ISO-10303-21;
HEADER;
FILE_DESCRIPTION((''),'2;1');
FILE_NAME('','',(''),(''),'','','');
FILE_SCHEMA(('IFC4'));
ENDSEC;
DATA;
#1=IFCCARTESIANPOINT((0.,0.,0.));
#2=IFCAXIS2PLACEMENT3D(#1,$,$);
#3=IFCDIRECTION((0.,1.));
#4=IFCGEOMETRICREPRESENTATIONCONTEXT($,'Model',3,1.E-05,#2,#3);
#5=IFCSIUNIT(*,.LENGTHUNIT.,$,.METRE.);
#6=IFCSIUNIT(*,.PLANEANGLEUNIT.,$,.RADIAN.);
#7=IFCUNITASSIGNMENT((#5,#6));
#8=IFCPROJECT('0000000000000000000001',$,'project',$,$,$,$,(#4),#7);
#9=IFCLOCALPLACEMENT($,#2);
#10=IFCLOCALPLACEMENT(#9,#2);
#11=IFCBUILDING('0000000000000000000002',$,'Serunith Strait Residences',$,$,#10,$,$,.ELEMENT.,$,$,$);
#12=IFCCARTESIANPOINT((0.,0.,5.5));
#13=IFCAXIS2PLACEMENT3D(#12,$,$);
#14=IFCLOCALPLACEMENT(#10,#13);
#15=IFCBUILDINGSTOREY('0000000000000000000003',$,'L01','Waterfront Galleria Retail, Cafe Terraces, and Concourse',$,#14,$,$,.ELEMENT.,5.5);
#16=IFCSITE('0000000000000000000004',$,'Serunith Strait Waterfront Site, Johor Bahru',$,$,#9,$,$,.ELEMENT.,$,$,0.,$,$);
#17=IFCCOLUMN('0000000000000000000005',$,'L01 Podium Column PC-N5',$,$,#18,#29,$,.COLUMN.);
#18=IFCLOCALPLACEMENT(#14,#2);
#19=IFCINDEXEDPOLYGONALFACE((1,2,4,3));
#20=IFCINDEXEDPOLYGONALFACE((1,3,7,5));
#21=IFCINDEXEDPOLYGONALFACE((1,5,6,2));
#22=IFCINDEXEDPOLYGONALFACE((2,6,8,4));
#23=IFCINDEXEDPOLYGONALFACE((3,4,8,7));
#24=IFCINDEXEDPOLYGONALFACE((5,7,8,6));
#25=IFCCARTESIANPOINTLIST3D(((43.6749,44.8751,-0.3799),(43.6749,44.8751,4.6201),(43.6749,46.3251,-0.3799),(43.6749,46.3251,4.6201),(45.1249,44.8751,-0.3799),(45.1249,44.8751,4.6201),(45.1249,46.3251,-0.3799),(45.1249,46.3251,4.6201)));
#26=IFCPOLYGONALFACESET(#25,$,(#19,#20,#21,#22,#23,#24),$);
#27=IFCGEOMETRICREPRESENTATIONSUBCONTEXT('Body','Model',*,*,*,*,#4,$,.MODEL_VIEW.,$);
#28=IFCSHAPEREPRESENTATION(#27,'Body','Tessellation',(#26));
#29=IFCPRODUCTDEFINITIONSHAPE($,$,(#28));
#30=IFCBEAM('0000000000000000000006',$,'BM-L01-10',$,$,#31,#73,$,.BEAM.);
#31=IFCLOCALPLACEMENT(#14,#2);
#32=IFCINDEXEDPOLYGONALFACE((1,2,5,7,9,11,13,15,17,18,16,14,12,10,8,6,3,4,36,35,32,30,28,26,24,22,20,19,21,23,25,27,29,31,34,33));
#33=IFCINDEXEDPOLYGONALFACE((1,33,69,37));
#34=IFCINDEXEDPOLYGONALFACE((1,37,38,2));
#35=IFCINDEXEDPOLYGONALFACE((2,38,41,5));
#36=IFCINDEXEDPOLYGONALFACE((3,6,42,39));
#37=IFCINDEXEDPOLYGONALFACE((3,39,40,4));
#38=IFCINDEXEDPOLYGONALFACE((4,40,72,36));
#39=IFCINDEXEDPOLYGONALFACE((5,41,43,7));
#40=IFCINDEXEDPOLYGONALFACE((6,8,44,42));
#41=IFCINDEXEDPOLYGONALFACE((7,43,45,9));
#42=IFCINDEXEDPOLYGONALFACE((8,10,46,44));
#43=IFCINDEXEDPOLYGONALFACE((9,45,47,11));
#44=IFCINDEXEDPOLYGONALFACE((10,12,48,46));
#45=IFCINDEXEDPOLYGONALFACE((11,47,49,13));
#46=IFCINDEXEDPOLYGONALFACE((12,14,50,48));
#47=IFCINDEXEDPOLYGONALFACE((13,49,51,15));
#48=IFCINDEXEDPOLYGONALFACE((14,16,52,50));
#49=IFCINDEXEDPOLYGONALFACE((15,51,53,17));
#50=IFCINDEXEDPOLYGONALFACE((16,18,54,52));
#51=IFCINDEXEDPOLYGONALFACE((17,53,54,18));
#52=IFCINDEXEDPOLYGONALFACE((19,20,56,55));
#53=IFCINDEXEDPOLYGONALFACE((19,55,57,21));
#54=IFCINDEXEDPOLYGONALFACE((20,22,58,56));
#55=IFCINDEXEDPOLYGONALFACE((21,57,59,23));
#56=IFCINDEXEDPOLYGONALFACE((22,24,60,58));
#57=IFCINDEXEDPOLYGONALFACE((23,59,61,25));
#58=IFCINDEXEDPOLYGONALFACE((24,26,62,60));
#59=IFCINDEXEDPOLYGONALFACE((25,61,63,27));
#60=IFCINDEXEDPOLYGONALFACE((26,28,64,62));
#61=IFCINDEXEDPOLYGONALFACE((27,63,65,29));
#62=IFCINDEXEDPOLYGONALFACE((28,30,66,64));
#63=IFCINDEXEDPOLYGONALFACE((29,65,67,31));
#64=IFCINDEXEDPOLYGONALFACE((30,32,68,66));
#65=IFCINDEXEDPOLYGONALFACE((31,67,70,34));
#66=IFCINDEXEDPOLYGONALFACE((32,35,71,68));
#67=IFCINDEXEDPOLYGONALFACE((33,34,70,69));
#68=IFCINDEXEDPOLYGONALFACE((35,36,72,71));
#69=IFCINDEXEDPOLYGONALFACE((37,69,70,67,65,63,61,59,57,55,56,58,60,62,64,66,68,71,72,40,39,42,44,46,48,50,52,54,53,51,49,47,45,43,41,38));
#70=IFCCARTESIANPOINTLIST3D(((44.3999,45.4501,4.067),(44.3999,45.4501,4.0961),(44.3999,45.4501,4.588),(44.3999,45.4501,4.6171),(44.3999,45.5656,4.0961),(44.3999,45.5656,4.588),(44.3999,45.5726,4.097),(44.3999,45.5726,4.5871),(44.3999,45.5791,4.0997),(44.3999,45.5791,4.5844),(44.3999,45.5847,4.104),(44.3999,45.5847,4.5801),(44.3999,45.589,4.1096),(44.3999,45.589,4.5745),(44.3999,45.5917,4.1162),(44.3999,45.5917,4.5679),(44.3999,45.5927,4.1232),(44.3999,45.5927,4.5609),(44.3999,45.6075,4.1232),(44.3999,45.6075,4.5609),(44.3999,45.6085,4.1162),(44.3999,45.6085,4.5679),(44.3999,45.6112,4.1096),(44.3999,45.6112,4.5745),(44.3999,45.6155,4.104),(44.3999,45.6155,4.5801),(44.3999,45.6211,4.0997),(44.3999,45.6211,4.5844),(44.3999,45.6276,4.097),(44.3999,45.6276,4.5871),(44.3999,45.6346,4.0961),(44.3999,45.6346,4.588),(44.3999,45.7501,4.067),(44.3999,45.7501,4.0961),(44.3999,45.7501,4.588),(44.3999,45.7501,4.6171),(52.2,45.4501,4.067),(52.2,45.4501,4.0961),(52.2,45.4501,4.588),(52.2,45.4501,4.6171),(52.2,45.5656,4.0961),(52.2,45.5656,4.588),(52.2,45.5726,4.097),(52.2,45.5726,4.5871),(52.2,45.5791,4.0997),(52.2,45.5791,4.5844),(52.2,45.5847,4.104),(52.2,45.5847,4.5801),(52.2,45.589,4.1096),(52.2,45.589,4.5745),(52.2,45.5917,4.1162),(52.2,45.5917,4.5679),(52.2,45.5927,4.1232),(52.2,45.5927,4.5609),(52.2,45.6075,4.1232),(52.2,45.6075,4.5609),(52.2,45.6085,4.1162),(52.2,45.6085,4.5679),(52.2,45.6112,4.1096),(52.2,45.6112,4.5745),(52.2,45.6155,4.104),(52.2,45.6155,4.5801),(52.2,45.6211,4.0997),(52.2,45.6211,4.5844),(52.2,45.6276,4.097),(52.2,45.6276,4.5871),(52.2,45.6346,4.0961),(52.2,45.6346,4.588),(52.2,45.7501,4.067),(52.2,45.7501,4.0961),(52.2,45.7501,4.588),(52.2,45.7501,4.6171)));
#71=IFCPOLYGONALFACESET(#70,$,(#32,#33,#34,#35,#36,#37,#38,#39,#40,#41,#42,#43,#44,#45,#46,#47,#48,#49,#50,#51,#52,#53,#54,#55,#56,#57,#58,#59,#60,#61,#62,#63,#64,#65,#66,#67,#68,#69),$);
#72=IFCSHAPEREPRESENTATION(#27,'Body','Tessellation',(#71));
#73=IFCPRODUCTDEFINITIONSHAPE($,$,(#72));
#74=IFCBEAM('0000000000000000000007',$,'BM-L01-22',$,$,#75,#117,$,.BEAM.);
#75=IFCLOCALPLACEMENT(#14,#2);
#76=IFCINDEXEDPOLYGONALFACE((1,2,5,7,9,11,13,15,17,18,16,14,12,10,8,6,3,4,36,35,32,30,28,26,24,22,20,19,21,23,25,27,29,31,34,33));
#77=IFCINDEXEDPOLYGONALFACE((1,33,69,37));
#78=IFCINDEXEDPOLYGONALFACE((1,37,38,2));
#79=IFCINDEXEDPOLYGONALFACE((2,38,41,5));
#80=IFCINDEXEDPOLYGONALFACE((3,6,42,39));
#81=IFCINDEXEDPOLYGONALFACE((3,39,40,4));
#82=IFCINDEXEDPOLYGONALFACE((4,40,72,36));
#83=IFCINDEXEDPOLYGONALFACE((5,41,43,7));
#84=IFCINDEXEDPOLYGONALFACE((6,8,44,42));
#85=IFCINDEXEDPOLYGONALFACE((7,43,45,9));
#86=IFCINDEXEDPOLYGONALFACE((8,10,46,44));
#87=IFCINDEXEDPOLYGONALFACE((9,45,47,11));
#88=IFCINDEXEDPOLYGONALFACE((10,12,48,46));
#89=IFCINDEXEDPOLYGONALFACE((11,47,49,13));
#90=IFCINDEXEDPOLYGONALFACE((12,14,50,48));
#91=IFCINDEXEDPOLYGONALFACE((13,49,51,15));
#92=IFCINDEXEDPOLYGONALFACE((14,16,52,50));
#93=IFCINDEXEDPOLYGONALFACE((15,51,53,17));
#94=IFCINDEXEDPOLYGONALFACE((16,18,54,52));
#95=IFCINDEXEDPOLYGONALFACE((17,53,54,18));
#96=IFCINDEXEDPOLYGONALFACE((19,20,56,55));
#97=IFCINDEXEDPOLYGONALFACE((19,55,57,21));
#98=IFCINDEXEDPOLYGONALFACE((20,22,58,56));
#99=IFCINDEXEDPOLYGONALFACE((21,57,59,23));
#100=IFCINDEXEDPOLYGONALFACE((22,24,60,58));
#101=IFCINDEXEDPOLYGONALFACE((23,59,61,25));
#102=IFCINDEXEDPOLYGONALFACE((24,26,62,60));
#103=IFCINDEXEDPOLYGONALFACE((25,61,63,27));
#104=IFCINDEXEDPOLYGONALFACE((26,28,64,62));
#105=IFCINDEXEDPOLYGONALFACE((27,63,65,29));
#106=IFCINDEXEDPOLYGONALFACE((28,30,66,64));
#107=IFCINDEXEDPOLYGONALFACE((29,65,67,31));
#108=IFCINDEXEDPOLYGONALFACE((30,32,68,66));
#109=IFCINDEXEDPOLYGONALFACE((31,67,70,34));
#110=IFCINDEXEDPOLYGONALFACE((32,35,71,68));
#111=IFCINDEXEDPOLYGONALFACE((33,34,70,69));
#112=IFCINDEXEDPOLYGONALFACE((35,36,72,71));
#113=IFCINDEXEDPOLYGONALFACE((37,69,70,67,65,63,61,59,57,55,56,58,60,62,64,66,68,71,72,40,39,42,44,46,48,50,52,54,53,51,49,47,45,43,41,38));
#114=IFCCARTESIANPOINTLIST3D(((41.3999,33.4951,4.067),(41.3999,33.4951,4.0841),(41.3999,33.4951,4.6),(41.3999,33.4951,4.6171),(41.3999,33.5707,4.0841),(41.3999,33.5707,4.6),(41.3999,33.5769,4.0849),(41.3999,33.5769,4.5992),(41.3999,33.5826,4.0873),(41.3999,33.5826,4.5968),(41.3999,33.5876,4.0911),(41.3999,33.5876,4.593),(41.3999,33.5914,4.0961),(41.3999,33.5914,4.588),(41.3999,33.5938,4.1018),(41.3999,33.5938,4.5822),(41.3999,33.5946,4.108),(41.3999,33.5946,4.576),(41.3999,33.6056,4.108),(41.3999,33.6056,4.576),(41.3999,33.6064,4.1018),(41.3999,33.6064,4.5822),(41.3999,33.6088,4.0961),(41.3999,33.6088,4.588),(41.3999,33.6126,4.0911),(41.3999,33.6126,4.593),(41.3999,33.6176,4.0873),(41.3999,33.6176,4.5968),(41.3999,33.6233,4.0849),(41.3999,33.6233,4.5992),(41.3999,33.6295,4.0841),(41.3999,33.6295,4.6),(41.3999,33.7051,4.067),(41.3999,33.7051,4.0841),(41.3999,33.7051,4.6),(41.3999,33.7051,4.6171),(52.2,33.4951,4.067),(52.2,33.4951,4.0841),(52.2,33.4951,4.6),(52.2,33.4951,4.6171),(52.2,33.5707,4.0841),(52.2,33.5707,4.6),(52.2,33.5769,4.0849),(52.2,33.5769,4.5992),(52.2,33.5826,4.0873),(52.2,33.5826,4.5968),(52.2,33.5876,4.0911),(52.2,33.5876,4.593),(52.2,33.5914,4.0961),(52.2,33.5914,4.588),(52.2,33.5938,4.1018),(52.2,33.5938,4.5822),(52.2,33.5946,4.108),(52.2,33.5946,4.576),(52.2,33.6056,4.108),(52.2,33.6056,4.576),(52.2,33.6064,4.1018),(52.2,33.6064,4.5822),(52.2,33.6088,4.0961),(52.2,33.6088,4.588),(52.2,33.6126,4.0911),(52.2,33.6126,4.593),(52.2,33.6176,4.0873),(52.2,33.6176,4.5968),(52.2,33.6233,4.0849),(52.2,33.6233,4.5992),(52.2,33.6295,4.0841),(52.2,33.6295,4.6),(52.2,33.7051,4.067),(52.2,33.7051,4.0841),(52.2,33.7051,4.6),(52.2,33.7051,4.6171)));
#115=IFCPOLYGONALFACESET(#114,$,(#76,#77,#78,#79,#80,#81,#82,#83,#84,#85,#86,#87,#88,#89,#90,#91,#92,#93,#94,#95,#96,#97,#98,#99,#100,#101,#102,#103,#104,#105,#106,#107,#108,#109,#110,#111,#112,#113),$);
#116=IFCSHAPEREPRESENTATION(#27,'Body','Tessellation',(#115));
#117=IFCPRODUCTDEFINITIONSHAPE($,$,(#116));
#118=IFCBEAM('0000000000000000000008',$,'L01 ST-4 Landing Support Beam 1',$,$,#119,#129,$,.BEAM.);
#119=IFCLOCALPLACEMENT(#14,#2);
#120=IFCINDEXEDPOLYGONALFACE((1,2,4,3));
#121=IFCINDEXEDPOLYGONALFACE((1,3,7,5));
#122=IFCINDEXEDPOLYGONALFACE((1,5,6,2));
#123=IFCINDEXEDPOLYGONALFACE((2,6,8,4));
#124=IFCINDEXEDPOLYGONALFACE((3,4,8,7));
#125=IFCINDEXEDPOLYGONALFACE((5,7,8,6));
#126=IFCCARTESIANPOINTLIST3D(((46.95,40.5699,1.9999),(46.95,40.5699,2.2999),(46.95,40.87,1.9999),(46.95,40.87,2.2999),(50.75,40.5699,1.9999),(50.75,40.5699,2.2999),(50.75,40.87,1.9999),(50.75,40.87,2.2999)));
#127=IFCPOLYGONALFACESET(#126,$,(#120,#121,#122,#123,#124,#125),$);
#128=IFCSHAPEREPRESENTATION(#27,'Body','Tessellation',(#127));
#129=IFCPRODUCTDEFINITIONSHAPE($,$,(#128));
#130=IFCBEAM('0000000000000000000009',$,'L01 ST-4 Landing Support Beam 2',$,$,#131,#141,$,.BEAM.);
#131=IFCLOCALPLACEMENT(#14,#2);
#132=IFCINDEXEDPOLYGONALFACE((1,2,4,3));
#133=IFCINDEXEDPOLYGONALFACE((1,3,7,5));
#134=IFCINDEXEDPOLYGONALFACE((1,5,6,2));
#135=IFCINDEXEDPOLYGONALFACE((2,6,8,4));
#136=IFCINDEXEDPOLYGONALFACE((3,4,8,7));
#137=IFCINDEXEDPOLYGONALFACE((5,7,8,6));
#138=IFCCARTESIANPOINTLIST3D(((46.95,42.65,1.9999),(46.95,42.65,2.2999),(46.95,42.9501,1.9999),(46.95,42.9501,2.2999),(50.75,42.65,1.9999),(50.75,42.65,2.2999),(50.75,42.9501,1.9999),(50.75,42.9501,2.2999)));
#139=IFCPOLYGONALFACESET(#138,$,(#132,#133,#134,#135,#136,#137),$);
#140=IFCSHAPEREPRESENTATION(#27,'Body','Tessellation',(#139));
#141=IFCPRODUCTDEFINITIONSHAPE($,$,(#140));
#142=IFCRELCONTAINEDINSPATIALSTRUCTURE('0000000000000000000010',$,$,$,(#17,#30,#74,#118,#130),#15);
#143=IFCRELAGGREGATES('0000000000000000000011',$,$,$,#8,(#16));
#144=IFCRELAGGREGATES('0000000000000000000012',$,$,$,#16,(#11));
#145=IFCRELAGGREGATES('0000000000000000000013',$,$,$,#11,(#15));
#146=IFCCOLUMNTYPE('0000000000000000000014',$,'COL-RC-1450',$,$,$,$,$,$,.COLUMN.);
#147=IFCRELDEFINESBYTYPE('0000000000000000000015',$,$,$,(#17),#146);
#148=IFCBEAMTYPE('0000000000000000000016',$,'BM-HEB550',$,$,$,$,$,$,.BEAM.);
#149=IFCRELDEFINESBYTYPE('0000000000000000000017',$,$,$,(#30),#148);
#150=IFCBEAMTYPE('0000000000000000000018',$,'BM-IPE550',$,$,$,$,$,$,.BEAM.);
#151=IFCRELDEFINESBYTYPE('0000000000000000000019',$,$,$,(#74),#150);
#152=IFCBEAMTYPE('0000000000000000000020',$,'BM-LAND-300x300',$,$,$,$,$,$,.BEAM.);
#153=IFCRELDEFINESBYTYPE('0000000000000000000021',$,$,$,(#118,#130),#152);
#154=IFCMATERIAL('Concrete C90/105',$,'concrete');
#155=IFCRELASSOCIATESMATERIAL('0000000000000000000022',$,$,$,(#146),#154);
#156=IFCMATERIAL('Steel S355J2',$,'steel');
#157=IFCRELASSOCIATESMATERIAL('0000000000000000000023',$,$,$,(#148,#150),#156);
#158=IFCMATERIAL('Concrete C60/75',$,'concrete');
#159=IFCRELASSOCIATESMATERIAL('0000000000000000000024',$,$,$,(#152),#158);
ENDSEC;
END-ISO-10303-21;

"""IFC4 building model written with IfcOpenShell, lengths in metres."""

from ifc_helpers import new_model, si_unit, direction, frame, origin, origin_2d, place, context, subcontext, project, spatial, rectangle, i_section, extrude, source, transform, mapped, material, material_profile, profile_set, type_object, element, save


model = new_model("IFC4")

# Units and contexts
model_context = context("Model", 3, precision=1e-05, world=origin(), true_north=direction((0.0, 1.0)))
body_context = subcontext(model_context, "Body", "Model", "MODEL_VIEW")
ifc_project = project(units=[si_unit("LENGTHUNIT", "METRE"), si_unit("PLANEANGLEUNIT", "RADIAN")], contexts=[model_context])

# Site, building, storey
site_placement = place(None, origin())
site = spatial("IfcSite", under=ifc_project, at=site_placement, Name="Serunith Strait Waterfront Site, Johor Bahru", CompositionType="ELEMENT", RefElevation=0.0)
building_placement = place(site_placement, origin())
building = spatial("IfcBuilding", under=site, at=building_placement, Name="Serunith Strait Residences", CompositionType="ELEMENT")
storey_placement = place(building_placement, frame((0.0, 0.0, 5.5)))
storey = spatial("IfcBuildingStorey", under=building, at=storey_placement, Name="L01", Description="Waterfront Galleria Retail, Cafe Terraces, and Concourse", CompositionType="ELEMENT", Elevation=5.5)

# Column
ifc_material_1 = material(Name="Concrete C90/105", Category="concrete")
ifc_material_profile_1 = material_profile(ifc_material_1, rectangle(XDim=1.45, YDim=1.45, at=origin_2d()), Name="RC 1450x1450")
ifc_profile_set_1 = profile_set([ifc_material_profile_1], Name="Concrete C90/105")
column_type = type_object("IfcColumnType", Name="COL-RC-1450", PredefinedType="COLUMN", material=ifc_profile_set_1)
shared_shape_1 = source(origin(), body_context, "Body", "SweptSolid", [
    extrude(rectangle(XDim=1.45, YDim=1.45, at=origin_2d()), origin(), (0.0, 0.0, 1.0), 5.0),
])
column_placement = place(storey_placement, frame((44.3999, 45.6001, -0.3799), z_axis=(0.0, 0.0, 1.0), x_axis=(1.0, 0.0, 0.0)))
element("IfcColumn", 1, at=column_placement, inside=storey, type_object=column_type, Name="L01 Podium Column PC-N5", PredefinedType="COLUMN", context=body_context, shape_type="MappedRepresentation", body=[
    mapped(shared_shape_1, transform((0.0, 0.0, 0.0), scale=1.0)),
])

# Beams
ifc_material_2 = material(Name="Steel S355J2", Category="steel")
ifc_material_profile_2 = material_profile(ifc_material_2, i_section(OverallWidth=0.3, OverallDepth=0.55, WebThickness=0.0149, FlangeThickness=0.0291, FilletRadius=0.0271, at=origin_2d()), Name="HEB 550")
ifc_profile_set_2 = profile_set([ifc_material_profile_2], Name="Steel S355J2")
beam_type_1 = type_object("IfcBeamType", Name="BM-HEB550", PredefinedType="BEAM", material=ifc_profile_set_2)
shared_shape_2 = source(origin(), body_context, "Body", "SweptSolid", [
    extrude(i_section(OverallWidth=0.3, OverallDepth=0.55, WebThickness=0.0149, FlangeThickness=0.0291, FilletRadius=0.0271, at=origin_2d()), origin(), (0.0, 0.0, 1.0), 7.8),
])
beam_1_placement = place(storey_placement, frame((44.3999, 45.6001, 4.342), z_axis=(1.0, 0.0, 0.0), x_axis=(0.0, 1.0, 0.0)))
element("IfcBeam", 2, at=beam_1_placement, inside=storey, type_object=beam_type_1, Name="BM-L01-10", PredefinedType="BEAM", context=body_context, shape_type="MappedRepresentation", body=[
    mapped(shared_shape_2, transform((0.0, 0.0, 0.0), scale=1.0)),
])
ifc_material_profile_3 = material_profile(ifc_material_2, i_section(OverallWidth=0.21, OverallDepth=0.55, WebThickness=0.011, FlangeThickness=0.0171, FilletRadius=0.0239, at=origin_2d()), Name="IPE 550")
ifc_profile_set_3 = profile_set([ifc_material_profile_3], Name="Steel S355J2")
beam_type_2 = type_object("IfcBeamType", Name="BM-IPE550", PredefinedType="BEAM", material=ifc_profile_set_3)
shared_shape_3 = source(origin(), body_context, "Body", "SweptSolid", [
    extrude(i_section(OverallWidth=0.21, OverallDepth=0.55, WebThickness=0.011, FlangeThickness=0.0171, FilletRadius=0.0239, at=origin_2d()), origin(), (0.0, 0.0, 1.0), 10.8),
])
beam_2_placement = place(storey_placement, frame((41.3999, 33.6001, 4.342), z_axis=(1.0, 0.0, 0.0), x_axis=(0.0, 1.0, 0.0)))
element("IfcBeam", 3, at=beam_2_placement, inside=storey, type_object=beam_type_2, Name="BM-L01-22", PredefinedType="BEAM", context=body_context, shape_type="MappedRepresentation", body=[
    mapped(shared_shape_3, transform((0.0, 0.0, 0.0), scale=1.0)),
])
ifc_material_3 = material(Name="Concrete C60/75", Category="concrete")
ifc_material_profile_4 = material_profile(ifc_material_3, rectangle(XDim=0.3, YDim=0.3, at=origin_2d()), Name="RC 300x300")
ifc_profile_set_4 = profile_set([ifc_material_profile_4], Name="Concrete C60/75")
beam_type_3 = type_object("IfcBeamType", Name="BM-LAND-300x300", PredefinedType="BEAM", material=ifc_profile_set_4)
shared_shape_4 = source(origin(), body_context, "Body", "SweptSolid", [
    extrude(rectangle(XDim=0.3, YDim=0.3, at=origin_2d()), origin(), (0.0, 0.0, 1.0), 3.8),
])
for number, where, z_axis, x_axis, name in (
    (4, (46.95, 40.72, 2.1499), (1.0, 0.0, 0.0), (0.0, 1.0, 0.0), "L01 ST-4 Landing Support Beam 1"),
    (5, (46.95, 42.8, 2.1499), (1.0, 0.0, 0.0), (0.0, 1.0, 0.0), "L01 ST-4 Landing Support Beam 2"),
):
    element("IfcBeam", number, at=place(storey_placement, frame(where, z_axis=z_axis, x_axis=x_axis)), inside=storey, type_object=beam_type_3, Name=name, PredefinedType="BEAM", context=body_context, shape_type="MappedRepresentation", body=[
        mapped(shared_shape_4, transform((0.0, 0.0, 0.0), scale=1.0)),
    ])

save(model, "model.ifc")
